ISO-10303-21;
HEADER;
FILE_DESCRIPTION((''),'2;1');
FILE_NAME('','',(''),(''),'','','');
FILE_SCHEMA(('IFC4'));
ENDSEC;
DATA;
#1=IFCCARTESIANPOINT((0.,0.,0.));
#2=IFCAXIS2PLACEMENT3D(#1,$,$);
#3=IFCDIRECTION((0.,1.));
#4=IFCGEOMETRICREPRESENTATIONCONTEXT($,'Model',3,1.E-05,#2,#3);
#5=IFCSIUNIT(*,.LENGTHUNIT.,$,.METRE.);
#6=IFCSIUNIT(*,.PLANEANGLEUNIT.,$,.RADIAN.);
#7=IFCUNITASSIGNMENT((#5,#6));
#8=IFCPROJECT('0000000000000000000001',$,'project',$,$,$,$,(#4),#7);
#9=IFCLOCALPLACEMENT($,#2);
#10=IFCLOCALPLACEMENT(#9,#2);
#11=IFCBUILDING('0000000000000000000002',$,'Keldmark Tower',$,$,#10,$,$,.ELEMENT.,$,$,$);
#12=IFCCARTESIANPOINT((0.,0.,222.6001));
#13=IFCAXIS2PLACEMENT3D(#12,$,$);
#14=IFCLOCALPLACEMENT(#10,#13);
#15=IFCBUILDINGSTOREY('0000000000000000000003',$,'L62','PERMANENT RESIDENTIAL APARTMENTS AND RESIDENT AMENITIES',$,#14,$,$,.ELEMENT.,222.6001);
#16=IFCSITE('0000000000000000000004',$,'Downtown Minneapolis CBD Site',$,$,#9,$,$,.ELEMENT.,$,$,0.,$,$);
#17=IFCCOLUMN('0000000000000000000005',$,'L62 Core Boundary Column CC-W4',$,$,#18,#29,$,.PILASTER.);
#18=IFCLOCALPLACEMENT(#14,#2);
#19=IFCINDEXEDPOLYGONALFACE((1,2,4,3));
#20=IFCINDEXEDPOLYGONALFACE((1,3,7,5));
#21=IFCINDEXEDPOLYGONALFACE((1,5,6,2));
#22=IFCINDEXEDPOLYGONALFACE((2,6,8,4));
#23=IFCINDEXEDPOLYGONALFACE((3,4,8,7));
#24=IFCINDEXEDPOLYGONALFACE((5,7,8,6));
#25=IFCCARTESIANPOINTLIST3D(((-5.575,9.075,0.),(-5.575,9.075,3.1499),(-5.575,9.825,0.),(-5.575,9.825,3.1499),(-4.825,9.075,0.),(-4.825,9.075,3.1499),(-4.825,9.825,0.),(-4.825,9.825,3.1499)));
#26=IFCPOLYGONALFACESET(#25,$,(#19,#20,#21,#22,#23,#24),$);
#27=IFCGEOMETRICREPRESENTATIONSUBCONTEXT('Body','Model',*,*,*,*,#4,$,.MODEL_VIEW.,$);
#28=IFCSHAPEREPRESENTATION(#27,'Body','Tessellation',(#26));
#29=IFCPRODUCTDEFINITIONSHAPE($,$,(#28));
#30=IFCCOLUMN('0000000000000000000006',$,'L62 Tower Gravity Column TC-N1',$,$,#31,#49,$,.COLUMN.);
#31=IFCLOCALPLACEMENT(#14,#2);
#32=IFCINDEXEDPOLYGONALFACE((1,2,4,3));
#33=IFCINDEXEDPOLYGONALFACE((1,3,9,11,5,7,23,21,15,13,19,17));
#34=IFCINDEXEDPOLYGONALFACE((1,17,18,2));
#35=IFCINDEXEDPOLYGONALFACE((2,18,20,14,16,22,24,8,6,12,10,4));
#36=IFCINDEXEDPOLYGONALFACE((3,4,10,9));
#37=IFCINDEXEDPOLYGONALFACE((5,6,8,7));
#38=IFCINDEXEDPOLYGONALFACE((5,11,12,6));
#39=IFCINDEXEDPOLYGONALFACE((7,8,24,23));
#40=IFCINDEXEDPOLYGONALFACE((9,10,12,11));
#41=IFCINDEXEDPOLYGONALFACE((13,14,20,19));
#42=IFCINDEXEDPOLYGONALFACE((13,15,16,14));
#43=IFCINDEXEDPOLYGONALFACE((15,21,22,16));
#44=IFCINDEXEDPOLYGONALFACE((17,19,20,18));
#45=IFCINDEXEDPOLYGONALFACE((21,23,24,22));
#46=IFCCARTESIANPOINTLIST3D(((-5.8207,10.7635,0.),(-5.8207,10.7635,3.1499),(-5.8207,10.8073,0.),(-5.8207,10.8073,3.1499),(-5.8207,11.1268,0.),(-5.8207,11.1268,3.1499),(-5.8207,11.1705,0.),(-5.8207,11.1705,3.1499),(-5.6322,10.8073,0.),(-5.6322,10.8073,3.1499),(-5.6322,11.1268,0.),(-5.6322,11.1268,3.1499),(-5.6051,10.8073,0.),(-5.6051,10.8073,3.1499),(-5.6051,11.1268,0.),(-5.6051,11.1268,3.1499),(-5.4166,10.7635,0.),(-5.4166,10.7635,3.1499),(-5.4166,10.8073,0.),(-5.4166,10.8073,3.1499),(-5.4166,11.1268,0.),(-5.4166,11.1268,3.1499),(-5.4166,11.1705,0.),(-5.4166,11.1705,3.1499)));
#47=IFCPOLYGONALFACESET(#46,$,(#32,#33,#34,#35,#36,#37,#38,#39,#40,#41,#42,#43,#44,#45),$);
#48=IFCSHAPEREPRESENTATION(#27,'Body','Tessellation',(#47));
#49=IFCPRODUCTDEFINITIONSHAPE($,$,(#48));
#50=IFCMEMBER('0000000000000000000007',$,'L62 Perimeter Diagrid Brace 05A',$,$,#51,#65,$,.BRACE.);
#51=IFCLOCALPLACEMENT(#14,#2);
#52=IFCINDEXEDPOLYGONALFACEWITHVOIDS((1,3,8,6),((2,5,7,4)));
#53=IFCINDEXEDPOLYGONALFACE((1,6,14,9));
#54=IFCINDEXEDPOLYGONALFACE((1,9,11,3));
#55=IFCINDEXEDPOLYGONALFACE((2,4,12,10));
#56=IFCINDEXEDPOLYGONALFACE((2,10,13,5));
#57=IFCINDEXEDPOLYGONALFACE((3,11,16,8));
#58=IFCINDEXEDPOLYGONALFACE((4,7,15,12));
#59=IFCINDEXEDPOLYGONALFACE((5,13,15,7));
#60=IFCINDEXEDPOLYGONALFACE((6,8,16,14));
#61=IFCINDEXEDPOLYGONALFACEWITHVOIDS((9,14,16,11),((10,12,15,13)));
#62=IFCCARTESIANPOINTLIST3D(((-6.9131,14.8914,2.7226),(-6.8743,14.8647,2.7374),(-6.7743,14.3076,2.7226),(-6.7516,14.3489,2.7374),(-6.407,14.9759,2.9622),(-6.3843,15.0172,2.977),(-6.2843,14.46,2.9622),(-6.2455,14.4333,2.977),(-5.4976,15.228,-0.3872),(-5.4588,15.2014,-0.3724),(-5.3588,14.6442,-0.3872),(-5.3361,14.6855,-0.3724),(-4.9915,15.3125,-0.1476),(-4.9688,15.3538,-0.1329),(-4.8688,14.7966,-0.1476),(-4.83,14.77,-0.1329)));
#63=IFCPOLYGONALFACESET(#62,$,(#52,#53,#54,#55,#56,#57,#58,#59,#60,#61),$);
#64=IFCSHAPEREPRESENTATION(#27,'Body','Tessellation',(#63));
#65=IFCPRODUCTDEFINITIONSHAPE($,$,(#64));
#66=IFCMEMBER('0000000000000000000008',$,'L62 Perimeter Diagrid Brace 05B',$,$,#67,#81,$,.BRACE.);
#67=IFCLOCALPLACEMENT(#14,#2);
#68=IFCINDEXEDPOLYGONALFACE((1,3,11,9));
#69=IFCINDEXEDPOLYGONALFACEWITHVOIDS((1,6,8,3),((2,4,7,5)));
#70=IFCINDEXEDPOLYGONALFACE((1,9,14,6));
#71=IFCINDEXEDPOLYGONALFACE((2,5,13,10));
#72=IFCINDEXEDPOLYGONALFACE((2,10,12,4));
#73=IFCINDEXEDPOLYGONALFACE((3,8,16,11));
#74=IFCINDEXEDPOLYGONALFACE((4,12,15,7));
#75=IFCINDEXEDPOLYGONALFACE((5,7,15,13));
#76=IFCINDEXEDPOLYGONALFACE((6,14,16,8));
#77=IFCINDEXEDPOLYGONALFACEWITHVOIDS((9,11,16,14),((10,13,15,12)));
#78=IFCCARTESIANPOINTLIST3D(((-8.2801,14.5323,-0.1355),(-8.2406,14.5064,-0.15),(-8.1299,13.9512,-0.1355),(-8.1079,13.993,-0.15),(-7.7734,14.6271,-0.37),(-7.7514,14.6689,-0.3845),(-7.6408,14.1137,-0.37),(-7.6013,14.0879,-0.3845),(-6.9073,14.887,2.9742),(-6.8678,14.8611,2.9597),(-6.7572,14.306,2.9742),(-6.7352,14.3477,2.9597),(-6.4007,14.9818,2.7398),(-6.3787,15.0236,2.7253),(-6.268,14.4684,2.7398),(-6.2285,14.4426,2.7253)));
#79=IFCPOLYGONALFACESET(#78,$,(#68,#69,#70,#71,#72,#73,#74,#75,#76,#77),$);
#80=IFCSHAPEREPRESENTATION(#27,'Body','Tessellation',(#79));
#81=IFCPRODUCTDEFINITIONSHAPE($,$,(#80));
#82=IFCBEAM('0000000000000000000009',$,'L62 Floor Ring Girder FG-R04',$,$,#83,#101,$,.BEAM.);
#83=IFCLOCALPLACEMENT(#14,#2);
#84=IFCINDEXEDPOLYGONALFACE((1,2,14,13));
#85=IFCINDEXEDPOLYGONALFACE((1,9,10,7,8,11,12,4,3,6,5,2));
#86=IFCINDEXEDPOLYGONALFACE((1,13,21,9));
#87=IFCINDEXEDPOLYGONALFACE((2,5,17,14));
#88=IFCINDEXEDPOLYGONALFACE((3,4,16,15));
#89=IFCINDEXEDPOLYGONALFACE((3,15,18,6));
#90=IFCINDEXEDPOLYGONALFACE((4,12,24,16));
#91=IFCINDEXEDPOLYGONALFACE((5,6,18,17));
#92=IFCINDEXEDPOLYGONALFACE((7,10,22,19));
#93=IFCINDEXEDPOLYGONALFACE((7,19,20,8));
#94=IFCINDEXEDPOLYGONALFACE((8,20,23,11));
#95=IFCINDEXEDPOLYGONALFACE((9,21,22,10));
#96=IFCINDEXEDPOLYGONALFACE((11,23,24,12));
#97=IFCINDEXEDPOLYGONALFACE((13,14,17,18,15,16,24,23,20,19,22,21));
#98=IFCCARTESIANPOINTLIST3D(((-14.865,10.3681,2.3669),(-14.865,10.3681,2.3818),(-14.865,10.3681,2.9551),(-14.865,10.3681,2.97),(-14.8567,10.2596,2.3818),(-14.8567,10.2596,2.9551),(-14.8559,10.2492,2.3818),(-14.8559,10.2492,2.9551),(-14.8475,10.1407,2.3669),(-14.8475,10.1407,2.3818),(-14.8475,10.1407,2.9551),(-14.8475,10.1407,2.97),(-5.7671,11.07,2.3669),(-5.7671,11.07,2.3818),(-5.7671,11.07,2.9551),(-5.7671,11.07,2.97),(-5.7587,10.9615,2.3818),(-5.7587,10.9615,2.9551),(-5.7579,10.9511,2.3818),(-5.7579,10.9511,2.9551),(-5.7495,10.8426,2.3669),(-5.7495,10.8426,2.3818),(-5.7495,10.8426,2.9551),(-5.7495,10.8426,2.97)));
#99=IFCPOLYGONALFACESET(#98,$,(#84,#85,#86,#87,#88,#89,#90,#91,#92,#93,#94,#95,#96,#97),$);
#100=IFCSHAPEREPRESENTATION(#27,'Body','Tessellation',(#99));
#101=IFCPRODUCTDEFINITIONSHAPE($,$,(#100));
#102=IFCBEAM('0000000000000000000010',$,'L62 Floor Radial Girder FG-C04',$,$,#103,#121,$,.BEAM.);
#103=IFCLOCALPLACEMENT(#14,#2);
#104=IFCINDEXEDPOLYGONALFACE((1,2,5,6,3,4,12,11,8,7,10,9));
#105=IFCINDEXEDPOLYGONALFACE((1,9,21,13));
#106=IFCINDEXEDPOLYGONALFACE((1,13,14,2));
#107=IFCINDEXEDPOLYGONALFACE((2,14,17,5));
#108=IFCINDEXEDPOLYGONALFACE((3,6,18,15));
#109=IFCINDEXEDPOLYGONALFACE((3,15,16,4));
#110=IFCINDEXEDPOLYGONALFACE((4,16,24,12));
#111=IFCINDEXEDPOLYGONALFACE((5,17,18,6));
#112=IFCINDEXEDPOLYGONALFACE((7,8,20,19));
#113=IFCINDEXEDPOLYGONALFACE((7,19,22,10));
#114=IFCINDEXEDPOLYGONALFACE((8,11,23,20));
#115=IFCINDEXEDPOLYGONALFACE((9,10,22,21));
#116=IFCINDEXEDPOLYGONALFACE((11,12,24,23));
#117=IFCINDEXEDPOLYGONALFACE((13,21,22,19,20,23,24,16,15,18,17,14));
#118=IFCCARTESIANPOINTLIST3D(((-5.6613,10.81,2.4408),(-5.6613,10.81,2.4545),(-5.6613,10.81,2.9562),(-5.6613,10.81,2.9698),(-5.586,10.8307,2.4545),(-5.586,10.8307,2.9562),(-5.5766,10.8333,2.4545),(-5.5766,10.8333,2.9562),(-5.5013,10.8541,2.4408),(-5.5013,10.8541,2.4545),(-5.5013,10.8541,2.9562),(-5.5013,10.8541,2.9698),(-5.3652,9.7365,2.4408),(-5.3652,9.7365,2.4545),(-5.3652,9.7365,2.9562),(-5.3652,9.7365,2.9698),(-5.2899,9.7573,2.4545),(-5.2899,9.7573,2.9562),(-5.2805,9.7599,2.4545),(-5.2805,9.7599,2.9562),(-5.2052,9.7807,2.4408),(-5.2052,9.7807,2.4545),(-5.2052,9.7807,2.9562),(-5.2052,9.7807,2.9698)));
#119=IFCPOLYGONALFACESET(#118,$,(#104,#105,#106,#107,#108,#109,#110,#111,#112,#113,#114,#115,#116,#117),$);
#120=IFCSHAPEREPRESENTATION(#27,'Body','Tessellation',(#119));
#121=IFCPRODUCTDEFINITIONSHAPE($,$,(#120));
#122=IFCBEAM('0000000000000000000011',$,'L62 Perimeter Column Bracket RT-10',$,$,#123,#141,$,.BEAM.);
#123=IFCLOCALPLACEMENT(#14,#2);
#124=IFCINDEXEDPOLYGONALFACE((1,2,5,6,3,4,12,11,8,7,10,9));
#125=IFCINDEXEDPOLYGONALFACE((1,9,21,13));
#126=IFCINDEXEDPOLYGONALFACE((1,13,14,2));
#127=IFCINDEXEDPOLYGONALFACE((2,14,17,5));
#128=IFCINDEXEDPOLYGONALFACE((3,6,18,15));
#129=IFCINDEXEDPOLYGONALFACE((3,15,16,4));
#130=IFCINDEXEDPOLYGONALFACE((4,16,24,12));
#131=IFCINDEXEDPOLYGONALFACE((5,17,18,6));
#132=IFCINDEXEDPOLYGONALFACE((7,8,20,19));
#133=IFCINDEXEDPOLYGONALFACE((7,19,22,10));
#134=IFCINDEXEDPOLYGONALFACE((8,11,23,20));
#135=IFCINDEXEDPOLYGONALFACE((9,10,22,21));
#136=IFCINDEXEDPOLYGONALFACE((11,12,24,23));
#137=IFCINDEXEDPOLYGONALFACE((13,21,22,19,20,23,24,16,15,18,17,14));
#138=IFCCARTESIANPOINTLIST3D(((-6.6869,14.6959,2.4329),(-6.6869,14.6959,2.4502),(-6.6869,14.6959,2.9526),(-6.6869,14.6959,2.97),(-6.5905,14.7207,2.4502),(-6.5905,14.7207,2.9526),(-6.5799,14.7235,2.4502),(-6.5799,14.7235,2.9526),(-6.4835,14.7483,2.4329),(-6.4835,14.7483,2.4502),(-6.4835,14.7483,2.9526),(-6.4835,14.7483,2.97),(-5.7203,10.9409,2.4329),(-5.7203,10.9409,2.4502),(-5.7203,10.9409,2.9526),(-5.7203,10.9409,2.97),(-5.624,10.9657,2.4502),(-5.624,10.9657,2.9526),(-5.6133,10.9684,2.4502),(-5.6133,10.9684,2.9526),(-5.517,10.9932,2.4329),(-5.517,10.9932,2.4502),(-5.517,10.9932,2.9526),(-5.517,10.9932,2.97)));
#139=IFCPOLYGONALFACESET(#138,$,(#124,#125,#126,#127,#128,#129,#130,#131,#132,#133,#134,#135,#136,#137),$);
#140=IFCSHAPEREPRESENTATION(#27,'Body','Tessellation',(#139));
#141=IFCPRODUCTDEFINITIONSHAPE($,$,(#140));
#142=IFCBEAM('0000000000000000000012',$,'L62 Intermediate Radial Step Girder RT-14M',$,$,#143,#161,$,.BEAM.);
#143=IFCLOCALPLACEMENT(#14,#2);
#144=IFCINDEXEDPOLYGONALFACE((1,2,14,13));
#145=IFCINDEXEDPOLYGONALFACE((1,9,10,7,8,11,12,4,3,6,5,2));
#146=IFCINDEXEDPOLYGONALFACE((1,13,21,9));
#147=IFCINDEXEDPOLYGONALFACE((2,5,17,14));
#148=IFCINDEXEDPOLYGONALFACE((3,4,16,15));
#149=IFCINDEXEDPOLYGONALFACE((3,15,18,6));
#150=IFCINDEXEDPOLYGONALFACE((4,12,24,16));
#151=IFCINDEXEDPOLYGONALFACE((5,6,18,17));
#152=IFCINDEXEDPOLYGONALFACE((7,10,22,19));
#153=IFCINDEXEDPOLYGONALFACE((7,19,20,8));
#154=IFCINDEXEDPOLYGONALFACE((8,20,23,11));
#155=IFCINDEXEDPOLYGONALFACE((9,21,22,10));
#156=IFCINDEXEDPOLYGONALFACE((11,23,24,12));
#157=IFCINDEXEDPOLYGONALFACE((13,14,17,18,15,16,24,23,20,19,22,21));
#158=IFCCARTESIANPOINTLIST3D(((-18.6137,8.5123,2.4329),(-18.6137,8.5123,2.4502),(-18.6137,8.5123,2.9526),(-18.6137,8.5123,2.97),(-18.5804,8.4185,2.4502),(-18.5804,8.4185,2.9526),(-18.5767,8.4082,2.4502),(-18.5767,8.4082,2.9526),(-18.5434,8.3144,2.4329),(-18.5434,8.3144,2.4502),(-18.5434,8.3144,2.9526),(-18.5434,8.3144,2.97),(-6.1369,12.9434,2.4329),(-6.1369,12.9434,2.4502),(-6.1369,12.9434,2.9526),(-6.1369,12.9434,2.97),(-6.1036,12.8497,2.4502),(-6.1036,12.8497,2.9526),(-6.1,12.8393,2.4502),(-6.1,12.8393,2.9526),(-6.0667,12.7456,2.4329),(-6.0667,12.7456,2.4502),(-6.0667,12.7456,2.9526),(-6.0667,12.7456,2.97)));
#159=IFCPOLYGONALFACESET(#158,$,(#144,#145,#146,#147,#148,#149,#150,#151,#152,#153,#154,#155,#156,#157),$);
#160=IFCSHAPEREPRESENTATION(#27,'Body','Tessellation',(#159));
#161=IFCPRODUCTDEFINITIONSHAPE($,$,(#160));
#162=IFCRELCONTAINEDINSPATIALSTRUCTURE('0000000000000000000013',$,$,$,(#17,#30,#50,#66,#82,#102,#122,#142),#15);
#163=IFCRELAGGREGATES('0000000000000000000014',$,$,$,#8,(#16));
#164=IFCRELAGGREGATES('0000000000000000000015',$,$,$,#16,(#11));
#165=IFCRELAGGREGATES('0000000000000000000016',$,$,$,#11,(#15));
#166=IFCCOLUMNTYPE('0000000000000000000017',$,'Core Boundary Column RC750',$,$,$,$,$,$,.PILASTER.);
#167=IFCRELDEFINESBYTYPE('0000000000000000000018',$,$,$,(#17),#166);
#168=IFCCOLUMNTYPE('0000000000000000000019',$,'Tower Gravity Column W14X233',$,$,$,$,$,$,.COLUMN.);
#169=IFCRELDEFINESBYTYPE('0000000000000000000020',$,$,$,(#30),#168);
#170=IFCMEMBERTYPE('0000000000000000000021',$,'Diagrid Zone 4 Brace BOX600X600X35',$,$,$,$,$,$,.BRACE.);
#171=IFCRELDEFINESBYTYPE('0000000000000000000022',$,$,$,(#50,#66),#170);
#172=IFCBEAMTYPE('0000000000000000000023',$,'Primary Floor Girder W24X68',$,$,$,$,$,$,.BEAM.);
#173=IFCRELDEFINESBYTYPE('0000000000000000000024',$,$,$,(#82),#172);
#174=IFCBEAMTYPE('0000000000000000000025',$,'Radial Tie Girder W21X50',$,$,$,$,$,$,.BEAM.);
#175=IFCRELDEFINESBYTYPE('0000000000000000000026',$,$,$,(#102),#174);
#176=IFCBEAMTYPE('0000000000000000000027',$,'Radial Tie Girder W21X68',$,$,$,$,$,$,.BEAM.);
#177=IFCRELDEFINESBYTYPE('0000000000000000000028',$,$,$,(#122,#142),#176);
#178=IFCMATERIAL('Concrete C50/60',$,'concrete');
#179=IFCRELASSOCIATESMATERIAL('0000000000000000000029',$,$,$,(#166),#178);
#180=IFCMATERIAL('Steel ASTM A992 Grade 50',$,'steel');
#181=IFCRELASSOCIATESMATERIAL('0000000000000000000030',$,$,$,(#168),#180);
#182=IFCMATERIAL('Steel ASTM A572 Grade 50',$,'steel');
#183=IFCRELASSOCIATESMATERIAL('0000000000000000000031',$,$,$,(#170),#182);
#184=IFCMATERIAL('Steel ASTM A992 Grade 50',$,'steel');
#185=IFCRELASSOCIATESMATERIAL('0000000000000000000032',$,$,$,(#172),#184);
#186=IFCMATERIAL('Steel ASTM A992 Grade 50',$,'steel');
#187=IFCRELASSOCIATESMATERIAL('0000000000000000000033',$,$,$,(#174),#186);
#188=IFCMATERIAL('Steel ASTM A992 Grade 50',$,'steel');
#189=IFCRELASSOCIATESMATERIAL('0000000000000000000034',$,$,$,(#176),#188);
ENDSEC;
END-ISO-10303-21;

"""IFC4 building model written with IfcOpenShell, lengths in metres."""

from ifc_helpers import new_model, si_unit, direction, frame, origin, origin_2d, place, context, subcontext, project, spatial, rectangle, hollow_rectangle, i_section, extrude, material, material_profile, profile_set, type_object, element, save


model = new_model("IFC4")

# Units and contexts
model_context = context("Model", 3, precision=1e-05, world=origin(), true_north=direction((0.0, 1.0)))
body_context = subcontext(model_context, "Body", "Model", "MODEL_VIEW")
ifc_project = project(units=[si_unit("LENGTHUNIT", "METRE"), si_unit("PLANEANGLEUNIT", "RADIAN")], contexts=[model_context])

# Site, building, storey
site_placement = place(None, origin())
site = spatial("IfcSite", under=ifc_project, at=site_placement, Name="Downtown Minneapolis CBD Site", CompositionType="ELEMENT", RefElevation=0.0)
building_placement = place(site_placement, origin())
building = spatial("IfcBuilding", under=site, at=building_placement, Name="Keldmark Tower", CompositionType="ELEMENT")
storey_placement = place(building_placement, frame((0.0, 0.0, 222.6001)))
storey = spatial("IfcBuildingStorey", under=building, at=storey_placement, Name="L62", Description="PERMANENT RESIDENTIAL APARTMENTS AND RESIDENT AMENITIES", CompositionType="ELEMENT", Elevation=222.6001)

# Columns
ifc_material_1 = material(Name="Concrete C50/60", Category="concrete")
ifc_material_profile_1 = material_profile(ifc_material_1, rectangle(XDim=0.75, YDim=0.75, at=origin_2d()), Name="RC750X750")
ifc_profile_set_1 = profile_set([ifc_material_profile_1], Name="Concrete C50/60")
column_type_1 = type_object("IfcColumnType", Name="Core Boundary Column RC750", PredefinedType="PILASTER", material=ifc_profile_set_1)
column_1_placement = place(storey_placement, frame((-5.2, 9.45, 0.0), z_axis=(0.0, 0.0, 1.0), x_axis=(1.0, 0.0, 0.0)))
element("IfcColumn", 1, at=column_1_placement, inside=storey, type_object=column_type_1, Name="L62 Core Boundary Column CC-W4", PredefinedType="PILASTER", context=body_context, shape_type="SweptSolid", body=[
    extrude(rectangle(XDim=0.75, YDim=0.75, at=origin_2d()), origin(), (0.0, 0.0, 1.0), 3.1499),
])
ifc_material_2 = material(Name="Steel ASTM A992 Grade 50", Category="steel")
ifc_material_profile_2 = material_profile(ifc_material_2, i_section(OverallWidth=0.4041, OverallDepth=0.407, WebThickness=0.0271, FlangeThickness=0.0437, at=origin_2d()), Name="W14X233")
ifc_profile_set_2 = profile_set([ifc_material_profile_2], Name="Steel ASTM A992 Grade 50")
column_type_2 = type_object("IfcColumnType", Name="Tower Gravity Column W14X233", PredefinedType="COLUMN", material=ifc_profile_set_2)
column_2_placement = place(storey_placement, frame((-5.6187, 10.967, 0.0), z_axis=(0.0, 0.0, 1.0), x_axis=(1.0, 0.0, 0.0)))
element("IfcColumn", 2, at=column_2_placement, inside=storey, type_object=column_type_2, Name="L62 Tower Gravity Column TC-N1", PredefinedType="COLUMN", context=body_context, shape_type="SweptSolid", body=[
    extrude(i_section(OverallWidth=0.4041, OverallDepth=0.407, WebThickness=0.0271, FlangeThickness=0.0437, at=origin_2d()), origin(), (0.0, 0.0, 1.0), 3.1499),
])

# Members
ifc_material_3 = material(Name="Steel ASTM A572 Grade 50", Category="steel")
ifc_material_profile_3 = material_profile(ifc_material_3, hollow_rectangle(XDim=0.6001, YDim=0.6001, WallThickness=0.0349, at=origin_2d()), Name="BOX600X600X35")
ifc_profile_set_3 = profile_set([ifc_material_profile_3], Name="Steel ASTM A572 Grade 50")
member_type = type_object("IfcMemberType", Name="Diagrid Zone 4 Brace BOX600X600X35", PredefinedType="BRACE", material=ifc_profile_set_3)
member_1_placement = place(storey_placement, frame((-5.1638, 14.999, -0.26), z_axis=(-0.41228, -0.098057, 0.905765), x_axis=(0.231386, -0.972862, 0.0)))
element("IfcMember", 3, at=member_1_placement, inside=storey, type_object=member_type, Name="L62 Perimeter Diagrid Brace 05A", PredefinedType="BRACE", context=body_context, shape_type="SweptSolid", body=[
    extrude(hollow_rectangle(XDim=0.6001, YDim=0.6001, WallThickness=0.0349, at=origin_2d()), origin(), (0.0, 0.0, 1.0), 3.4333),
])
member_2_placement = place(storey_placement, frame((-7.9407, 14.3101, -0.26), z_axis=(0.401657, 0.103789, 0.90989), x_axis=(-0.250185, 0.968198, 0.0)))
element("IfcMember", 4, at=member_2_placement, inside=storey, type_object=member_type, Name="L62 Perimeter Diagrid Brace 05B", PredefinedType="BRACE", context=body_context, shape_type="SweptSolid", body=[
    extrude(hollow_rectangle(XDim=0.6001, YDim=0.6001, WallThickness=0.0349, at=origin_2d()), origin(), (0.0, 0.0, 1.0), 3.4177),
])

# Beams
ifc_material_4 = material(Name="Steel ASTM A992 Grade 50", Category="steel")
ifc_material_profile_4 = material_profile(ifc_material_4, i_section(OverallWidth=0.228, OverallDepth=0.603, WebThickness=0.0105, FlangeThickness=0.0149, at=origin_2d()), Name="W24X68")
ifc_profile_set_4 = profile_set([ifc_material_profile_4], Name="Steel ASTM A992 Grade 50")
beam_type_1 = type_object("IfcBeamType", Name="Primary Floor Girder W24X68", PredefinedType="BEAM", material=ifc_profile_set_4)
beam_1_placement = place(storey_placement, frame((-5.7583, 10.9563, 2.6685), z_axis=(-0.997037, -0.076922, 0.0), x_axis=(0.076922, -0.997037, 0.0)))
element("IfcBeam", 5, at=beam_1_placement, inside=storey, type_object=beam_type_1, Name="L62 Floor Ring Girder FG-R04", PredefinedType="BEAM", context=body_context, shape_type="SweptSolid", body=[
    extrude(i_section(OverallWidth=0.228, OverallDepth=0.603, WebThickness=0.0105, FlangeThickness=0.0149, at=origin_2d()), origin(), (0.0, 0.0, 1.0), 9.125),
])
ifc_material_5 = material(Name="Steel ASTM A992 Grade 50", Category="steel")
ifc_material_profile_5 = material_profile(ifc_material_5, i_section(OverallWidth=0.166, OverallDepth=0.5291, WebThickness=0.0098, FlangeThickness=0.0137, at=origin_2d()), Name="W21X50")
ifc_profile_set_5 = profile_set([ifc_material_profile_5], Name="Steel ASTM A992 Grade 50")
beam_type_2 = type_object("IfcBeamType", Name="Radial Tie Girder W21X50", PredefinedType="BEAM", material=ifc_profile_set_5)
beam_2_placement = place(storey_placement, frame((-5.5813, 10.832, 2.7053), z_axis=(0.265936, -0.963991, 0.0), x_axis=(0.963991, 0.265936, 0.0)))
element("IfcBeam", 6, at=beam_2_placement, inside=storey, type_object=beam_type_2, Name="L62 Floor Radial Girder FG-C04", PredefinedType="BEAM", context=body_context, shape_type="SweptSolid", body=[
    extrude(i_section(OverallWidth=0.166, OverallDepth=0.5291, WebThickness=0.0098, FlangeThickness=0.0137, at=origin_2d()), origin(), (0.0, 0.0, 1.0), 1.1135),
])
ifc_material_6 = material(Name="Steel ASTM A992 Grade 50", Category="steel")
ifc_material_profile_6 = material_profile(ifc_material_6, i_section(OverallWidth=0.21, OverallDepth=0.5371, WebThickness=0.011, FlangeThickness=0.0173, at=origin_2d()), Name="W21X68")
ifc_profile_set_6 = profile_set([ifc_material_profile_6], Name="Steel ASTM A992 Grade 50")
beam_type_3 = type_object("IfcBeamType", Name="Radial Tie Girder W21X68", PredefinedType="BEAM", material=ifc_profile_set_6)
beam_3_placement = place(storey_placement, frame((-5.6187, 10.967, 2.7014), z_axis=(-0.249271, 0.968434, 0.0), x_axis=(-0.968434, -0.249271, 0.0)))
element("IfcBeam", 7, at=beam_3_placement, inside=storey, type_object=beam_type_3, Name="L62 Perimeter Column Bracket RT-10", PredefinedType="BEAM", context=body_context, shape_type="SweptSolid", body=[
    extrude(i_section(OverallWidth=0.21, OverallDepth=0.5371, WebThickness=0.011, FlangeThickness=0.0173, at=origin_2d()), origin(), (0.0, 0.0, 1.0), 3.8774),
])
beam_4_placement = place(storey_placement, frame((-6.1018, 12.8445, 2.7014), z_axis=(-0.942335, -0.334671, 0.0), x_axis=(0.334671, -0.942335, 0.0)))
element("IfcBeam", 8, at=beam_4_placement, inside=storey, type_object=beam_type_3, Name="L62 Intermediate Radial Step Girder RT-14M", PredefinedType="BEAM", context=body_context, shape_type="SweptSolid", body=[
    extrude(i_section(OverallWidth=0.21, OverallDepth=0.5371, WebThickness=0.011, FlangeThickness=0.0173, at=origin_2d()), origin(), (0.0, 0.0, 1.0), 13.2402),
])

save(model, "model.ifc")
